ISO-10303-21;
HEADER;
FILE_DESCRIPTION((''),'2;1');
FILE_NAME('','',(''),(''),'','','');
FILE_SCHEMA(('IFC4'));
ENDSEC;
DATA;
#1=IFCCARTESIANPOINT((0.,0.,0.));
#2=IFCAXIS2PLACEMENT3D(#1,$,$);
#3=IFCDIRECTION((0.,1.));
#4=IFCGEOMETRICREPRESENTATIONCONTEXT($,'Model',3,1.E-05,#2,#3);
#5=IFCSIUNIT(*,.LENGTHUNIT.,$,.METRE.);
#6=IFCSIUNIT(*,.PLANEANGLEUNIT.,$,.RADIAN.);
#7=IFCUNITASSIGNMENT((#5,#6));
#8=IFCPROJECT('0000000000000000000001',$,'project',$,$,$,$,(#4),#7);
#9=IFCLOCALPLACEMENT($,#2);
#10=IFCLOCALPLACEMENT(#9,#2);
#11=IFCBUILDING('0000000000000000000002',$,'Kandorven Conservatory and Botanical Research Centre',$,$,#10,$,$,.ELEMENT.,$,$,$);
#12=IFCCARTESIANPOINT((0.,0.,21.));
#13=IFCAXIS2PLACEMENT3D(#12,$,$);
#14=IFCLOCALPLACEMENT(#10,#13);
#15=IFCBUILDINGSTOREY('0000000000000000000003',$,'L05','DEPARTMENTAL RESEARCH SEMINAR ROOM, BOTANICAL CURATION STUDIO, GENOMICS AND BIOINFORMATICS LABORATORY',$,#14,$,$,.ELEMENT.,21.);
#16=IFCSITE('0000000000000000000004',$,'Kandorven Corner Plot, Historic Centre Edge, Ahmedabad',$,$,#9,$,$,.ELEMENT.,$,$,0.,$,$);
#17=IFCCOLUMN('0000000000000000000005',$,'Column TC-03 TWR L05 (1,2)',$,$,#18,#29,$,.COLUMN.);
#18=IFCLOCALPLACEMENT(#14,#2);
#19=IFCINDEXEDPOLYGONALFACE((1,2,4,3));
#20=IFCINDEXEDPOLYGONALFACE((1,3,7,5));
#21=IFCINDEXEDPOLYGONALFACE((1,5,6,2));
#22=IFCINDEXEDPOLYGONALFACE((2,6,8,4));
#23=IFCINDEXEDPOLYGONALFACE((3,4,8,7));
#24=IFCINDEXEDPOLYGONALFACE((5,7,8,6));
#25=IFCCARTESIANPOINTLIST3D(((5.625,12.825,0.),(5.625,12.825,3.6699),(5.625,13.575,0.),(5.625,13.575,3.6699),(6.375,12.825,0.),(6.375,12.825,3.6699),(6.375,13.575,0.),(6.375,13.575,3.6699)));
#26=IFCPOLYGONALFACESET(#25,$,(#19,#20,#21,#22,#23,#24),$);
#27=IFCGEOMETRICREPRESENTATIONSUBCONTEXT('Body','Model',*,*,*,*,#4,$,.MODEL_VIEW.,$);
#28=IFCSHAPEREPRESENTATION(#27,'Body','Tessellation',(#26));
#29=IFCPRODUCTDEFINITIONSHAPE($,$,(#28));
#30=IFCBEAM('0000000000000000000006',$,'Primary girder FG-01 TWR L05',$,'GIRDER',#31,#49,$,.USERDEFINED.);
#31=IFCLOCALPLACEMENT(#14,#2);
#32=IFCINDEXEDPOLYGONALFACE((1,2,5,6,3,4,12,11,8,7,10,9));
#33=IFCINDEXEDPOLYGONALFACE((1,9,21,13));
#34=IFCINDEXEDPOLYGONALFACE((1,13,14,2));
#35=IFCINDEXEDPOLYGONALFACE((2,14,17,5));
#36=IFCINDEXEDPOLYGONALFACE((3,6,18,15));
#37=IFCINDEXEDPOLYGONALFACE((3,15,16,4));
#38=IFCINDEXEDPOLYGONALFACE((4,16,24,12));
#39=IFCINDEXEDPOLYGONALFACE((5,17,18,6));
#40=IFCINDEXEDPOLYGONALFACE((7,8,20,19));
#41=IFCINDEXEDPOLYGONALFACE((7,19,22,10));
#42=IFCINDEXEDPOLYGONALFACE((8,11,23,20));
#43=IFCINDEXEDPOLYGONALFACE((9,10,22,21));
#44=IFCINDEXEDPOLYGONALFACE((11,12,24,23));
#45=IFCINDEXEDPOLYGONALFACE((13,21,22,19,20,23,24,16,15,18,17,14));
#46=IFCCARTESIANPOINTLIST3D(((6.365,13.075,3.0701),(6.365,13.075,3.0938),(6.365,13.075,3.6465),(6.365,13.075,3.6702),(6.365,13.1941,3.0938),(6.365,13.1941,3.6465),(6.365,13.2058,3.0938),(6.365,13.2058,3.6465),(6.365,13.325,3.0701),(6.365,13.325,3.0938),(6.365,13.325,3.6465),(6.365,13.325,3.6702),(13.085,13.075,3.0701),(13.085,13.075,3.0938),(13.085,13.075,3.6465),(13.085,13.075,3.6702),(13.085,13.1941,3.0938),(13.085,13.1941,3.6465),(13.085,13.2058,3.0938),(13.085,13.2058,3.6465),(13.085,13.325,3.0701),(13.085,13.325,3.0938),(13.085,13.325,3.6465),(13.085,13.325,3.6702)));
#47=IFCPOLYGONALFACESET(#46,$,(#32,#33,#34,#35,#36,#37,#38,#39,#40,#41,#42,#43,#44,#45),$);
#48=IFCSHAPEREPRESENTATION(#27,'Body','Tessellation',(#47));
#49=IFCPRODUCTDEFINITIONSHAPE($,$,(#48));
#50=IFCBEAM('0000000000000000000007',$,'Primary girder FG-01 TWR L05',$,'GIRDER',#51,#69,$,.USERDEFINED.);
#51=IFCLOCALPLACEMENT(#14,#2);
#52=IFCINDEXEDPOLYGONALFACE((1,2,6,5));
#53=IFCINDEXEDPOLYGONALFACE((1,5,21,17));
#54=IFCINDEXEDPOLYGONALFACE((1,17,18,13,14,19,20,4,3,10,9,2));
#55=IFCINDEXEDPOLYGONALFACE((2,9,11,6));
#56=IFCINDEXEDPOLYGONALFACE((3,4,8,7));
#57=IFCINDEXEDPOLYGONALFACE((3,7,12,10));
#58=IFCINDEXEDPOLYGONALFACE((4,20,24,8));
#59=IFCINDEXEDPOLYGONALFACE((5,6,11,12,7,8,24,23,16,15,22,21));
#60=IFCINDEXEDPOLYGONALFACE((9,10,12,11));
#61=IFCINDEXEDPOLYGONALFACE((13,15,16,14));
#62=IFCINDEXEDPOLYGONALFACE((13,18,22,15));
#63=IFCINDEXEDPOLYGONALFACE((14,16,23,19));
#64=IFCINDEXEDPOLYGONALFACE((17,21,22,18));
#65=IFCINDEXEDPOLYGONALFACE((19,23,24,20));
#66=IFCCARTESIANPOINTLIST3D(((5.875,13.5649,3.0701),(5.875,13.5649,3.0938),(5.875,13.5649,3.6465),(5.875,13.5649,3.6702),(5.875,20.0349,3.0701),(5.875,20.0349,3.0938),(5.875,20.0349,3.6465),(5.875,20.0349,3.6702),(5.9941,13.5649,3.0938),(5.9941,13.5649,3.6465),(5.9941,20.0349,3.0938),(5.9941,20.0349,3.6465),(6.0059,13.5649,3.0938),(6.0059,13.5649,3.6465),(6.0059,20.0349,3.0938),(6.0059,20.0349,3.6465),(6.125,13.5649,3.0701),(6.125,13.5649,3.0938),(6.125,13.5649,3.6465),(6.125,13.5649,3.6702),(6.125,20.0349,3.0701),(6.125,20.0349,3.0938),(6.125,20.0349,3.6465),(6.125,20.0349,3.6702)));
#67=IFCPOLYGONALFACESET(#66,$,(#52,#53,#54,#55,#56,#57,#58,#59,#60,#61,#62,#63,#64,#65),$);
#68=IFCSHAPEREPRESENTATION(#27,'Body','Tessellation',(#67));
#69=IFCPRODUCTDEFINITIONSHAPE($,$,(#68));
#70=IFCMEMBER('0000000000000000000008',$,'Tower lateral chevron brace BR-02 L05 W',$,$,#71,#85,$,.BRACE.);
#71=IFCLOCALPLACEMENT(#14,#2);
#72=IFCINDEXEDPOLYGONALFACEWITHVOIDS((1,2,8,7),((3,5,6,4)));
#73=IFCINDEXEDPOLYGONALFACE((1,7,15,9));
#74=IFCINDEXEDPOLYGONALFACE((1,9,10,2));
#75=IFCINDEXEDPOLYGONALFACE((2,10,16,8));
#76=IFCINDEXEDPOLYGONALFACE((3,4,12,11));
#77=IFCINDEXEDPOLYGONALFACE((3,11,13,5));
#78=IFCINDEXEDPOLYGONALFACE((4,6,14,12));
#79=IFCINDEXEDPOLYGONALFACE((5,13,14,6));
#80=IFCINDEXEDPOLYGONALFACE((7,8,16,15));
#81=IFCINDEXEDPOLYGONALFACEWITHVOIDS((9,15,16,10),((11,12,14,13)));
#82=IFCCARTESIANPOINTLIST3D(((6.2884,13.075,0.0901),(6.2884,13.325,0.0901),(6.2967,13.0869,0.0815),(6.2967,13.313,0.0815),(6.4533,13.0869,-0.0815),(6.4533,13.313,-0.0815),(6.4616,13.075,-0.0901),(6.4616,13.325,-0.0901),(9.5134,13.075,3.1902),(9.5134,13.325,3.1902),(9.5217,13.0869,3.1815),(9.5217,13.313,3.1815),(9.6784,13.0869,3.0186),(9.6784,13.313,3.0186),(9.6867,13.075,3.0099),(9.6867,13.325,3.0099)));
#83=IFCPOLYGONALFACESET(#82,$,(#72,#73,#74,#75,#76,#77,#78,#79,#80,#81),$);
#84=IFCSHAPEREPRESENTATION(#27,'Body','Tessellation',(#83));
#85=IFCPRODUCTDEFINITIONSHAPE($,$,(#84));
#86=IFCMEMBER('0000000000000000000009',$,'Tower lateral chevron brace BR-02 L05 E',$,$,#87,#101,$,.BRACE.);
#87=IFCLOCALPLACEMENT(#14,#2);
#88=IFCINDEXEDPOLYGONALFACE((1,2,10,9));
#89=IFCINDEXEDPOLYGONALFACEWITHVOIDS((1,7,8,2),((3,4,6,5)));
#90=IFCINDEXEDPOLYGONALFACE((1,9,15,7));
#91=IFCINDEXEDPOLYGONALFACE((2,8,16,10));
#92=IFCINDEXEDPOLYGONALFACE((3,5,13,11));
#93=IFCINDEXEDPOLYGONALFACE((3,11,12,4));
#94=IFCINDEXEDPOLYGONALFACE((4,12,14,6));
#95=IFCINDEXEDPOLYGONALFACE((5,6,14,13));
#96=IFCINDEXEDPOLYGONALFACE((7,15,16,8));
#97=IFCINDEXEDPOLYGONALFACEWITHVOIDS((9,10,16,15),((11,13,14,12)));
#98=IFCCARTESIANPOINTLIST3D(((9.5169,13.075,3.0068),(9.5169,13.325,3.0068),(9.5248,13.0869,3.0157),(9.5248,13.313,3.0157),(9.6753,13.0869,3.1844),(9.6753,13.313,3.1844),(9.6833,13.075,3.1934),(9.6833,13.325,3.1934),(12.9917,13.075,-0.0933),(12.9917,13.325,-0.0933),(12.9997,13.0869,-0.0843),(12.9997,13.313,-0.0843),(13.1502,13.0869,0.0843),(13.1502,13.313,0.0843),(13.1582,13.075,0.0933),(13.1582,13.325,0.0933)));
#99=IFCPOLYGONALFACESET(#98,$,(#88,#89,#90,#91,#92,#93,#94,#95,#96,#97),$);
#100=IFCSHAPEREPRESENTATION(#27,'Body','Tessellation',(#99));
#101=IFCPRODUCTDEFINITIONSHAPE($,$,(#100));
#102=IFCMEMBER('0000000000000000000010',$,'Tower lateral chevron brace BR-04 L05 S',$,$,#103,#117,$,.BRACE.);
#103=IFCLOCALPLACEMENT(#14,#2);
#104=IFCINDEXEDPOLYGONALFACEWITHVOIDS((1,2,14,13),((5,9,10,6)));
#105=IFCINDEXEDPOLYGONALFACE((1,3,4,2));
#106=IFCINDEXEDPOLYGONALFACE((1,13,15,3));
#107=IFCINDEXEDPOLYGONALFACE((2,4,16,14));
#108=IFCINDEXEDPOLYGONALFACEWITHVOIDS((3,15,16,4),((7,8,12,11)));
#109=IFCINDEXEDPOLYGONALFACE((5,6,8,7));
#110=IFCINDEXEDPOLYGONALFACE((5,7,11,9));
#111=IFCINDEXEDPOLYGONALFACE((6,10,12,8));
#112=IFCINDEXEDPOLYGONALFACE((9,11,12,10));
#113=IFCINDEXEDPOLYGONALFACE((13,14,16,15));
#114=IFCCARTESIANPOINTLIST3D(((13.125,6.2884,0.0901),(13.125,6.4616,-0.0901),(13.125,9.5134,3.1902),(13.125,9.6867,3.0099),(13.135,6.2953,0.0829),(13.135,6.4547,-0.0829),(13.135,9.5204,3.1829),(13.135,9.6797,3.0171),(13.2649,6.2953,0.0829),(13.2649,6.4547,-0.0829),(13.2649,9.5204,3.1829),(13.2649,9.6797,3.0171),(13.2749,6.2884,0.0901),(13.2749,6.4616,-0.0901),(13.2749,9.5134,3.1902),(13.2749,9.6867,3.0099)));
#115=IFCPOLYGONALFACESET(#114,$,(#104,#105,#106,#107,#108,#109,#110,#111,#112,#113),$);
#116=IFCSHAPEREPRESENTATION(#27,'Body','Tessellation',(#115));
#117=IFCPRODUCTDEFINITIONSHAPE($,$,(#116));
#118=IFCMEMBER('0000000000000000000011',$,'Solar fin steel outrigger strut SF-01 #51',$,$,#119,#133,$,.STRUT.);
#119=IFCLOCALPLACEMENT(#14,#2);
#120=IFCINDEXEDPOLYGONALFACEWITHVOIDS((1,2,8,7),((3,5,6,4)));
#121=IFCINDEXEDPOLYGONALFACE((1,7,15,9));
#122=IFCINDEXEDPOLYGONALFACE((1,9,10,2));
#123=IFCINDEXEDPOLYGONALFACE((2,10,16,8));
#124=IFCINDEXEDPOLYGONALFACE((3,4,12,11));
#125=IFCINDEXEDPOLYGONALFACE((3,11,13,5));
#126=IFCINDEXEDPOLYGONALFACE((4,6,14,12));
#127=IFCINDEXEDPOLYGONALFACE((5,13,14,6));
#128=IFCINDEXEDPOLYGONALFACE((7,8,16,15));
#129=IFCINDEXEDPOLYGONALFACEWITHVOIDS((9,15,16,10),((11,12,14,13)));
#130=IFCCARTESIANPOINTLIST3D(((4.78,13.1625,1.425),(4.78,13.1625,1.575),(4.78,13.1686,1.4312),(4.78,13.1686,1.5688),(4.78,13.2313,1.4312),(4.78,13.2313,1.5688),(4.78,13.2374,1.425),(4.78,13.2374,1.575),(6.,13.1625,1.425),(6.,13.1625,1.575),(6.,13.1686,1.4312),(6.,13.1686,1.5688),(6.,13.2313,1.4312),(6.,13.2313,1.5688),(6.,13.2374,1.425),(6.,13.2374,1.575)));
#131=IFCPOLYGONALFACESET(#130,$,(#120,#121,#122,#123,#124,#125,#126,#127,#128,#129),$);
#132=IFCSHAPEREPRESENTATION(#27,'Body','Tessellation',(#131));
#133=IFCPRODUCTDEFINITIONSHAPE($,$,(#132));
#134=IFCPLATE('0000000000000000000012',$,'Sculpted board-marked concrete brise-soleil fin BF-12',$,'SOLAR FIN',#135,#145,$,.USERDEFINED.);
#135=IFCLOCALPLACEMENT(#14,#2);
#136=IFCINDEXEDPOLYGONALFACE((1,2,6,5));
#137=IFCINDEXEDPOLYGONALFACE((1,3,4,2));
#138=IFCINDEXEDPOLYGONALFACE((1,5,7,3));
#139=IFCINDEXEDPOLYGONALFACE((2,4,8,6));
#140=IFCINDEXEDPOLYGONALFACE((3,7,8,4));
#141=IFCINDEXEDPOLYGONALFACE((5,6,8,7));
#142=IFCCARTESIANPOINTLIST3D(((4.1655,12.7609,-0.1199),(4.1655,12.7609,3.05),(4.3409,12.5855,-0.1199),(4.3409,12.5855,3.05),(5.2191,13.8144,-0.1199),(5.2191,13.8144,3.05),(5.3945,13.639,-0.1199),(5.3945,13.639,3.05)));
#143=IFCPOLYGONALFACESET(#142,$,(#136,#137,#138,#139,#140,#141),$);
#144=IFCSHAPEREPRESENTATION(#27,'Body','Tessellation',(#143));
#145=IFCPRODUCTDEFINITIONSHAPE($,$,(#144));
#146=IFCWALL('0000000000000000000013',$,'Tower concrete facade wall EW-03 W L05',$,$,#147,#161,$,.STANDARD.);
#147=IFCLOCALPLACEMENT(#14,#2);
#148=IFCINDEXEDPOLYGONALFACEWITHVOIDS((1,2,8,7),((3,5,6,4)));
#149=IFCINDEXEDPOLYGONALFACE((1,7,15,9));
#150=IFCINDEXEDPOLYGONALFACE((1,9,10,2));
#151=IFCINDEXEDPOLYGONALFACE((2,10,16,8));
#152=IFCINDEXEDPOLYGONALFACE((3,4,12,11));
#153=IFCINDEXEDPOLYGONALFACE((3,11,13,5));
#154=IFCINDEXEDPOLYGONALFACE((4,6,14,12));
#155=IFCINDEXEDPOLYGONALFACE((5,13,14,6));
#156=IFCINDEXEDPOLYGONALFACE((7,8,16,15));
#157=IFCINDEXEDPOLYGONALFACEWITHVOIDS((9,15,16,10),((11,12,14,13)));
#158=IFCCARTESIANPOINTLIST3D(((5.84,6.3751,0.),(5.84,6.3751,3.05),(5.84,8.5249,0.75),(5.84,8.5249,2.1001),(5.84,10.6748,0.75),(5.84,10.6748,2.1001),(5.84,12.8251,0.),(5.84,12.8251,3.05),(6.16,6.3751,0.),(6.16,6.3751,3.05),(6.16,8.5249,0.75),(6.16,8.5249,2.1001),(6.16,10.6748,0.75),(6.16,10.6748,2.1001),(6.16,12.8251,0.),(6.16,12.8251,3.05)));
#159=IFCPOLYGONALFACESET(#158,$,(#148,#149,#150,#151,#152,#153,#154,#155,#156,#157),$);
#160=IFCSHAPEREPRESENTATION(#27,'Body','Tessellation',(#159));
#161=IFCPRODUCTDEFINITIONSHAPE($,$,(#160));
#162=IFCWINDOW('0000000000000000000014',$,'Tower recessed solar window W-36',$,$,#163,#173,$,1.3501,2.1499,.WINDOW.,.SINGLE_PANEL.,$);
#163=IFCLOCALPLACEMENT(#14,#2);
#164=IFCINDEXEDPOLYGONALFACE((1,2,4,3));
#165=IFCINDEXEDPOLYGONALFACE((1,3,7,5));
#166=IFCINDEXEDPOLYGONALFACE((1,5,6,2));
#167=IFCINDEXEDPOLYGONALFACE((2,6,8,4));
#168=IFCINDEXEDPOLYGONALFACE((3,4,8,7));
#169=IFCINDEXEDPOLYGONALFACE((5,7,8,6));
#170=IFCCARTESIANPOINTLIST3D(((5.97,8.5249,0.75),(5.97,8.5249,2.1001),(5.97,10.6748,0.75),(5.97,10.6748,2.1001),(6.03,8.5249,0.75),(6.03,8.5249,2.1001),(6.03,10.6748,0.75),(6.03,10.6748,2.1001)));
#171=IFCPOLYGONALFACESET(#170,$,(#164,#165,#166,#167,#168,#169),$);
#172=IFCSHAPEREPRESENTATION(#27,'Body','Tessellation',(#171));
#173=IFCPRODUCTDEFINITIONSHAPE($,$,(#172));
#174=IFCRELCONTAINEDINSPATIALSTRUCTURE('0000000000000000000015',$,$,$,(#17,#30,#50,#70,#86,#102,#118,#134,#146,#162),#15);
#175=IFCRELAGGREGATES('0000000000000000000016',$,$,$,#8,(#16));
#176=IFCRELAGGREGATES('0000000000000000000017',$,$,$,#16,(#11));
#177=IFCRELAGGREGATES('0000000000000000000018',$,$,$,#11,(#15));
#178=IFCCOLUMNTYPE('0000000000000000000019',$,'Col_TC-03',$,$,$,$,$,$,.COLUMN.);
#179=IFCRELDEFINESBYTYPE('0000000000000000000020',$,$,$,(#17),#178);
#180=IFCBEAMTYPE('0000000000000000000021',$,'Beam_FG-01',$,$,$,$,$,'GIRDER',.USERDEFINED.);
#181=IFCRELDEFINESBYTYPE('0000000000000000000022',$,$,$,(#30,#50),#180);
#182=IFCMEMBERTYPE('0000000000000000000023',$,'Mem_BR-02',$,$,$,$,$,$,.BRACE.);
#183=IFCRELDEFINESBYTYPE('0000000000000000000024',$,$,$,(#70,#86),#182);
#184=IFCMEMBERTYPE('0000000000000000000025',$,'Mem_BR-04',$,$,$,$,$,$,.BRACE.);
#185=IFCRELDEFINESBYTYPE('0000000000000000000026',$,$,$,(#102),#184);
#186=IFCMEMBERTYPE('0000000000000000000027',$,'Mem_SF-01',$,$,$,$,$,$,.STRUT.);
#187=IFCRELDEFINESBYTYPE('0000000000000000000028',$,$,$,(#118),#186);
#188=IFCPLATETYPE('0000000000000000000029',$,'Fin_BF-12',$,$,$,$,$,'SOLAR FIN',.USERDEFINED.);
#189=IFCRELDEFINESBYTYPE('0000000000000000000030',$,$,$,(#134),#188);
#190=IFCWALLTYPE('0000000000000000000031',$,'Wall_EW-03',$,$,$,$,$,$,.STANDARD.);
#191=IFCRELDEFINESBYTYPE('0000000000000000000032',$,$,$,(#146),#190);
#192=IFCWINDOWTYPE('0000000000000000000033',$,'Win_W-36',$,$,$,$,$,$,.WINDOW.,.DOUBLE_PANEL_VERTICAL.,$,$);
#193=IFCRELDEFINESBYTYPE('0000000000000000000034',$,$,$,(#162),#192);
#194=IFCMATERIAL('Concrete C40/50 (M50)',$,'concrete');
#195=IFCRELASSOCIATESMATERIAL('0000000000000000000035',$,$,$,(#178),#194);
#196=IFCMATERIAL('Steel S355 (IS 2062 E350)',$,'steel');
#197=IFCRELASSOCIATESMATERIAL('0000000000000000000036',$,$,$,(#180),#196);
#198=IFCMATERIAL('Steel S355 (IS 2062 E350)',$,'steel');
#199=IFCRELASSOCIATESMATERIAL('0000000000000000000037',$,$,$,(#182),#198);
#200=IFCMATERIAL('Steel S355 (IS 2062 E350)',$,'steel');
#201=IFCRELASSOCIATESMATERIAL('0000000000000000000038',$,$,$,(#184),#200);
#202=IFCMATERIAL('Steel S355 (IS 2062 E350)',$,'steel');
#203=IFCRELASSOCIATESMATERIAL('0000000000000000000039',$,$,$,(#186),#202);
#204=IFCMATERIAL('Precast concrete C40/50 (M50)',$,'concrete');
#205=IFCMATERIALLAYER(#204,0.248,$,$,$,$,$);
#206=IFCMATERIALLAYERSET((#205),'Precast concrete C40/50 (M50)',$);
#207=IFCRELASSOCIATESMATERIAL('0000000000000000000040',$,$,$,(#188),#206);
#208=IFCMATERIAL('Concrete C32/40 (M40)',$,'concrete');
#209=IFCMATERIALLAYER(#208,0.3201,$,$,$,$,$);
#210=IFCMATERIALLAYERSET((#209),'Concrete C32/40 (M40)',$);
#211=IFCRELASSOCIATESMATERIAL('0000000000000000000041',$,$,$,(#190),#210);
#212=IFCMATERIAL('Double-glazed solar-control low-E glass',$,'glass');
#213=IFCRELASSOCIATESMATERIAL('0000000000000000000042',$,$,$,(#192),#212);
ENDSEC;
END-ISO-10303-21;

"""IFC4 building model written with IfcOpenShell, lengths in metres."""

from ifc_helpers import new_model, si_unit, direction, frame, frame_2d, origin, origin_2d, place, context, subcontext, project, spatial, rectangle, hollow_rectangle, i_section, extrude, material, layer, layer_set, material_profile, profile_set, type_object, element, fill, save


model = new_model("IFC4")

# Units and contexts
model_context = context("Model", 3, precision=1e-05, world=origin(), true_north=direction((0.0, 1.0)))
body_context = subcontext(model_context, "Body", "Model", "MODEL_VIEW")
ifc_project = project(units=[si_unit("LENGTHUNIT", "METRE"), si_unit("PLANEANGLEUNIT", "RADIAN")], contexts=[model_context])

# Site, building, storey
site_placement = place(None, origin())
site = spatial("IfcSite", under=ifc_project, at=site_placement, Name="Kandorven Corner Plot, Historic Centre Edge, Ahmedabad", CompositionType="ELEMENT", RefElevation=0.0)
building_placement = place(site_placement, origin())
building = spatial("IfcBuilding", under=site, at=building_placement, Name="Kandorven Conservatory and Botanical Research Centre", CompositionType="ELEMENT")
storey_placement = place(building_placement, frame((0.0, 0.0, 21.0)))
storey = spatial("IfcBuildingStorey", under=building, at=storey_placement, Name="L05", Description="DEPARTMENTAL RESEARCH SEMINAR ROOM, BOTANICAL CURATION STUDIO, GENOMICS AND BIOINFORMATICS LABORATORY", CompositionType="ELEMENT", Elevation=21.0)

# Column
ifc_material_1 = material(Name="Concrete C40/50 (M50)", Category="concrete")
ifc_material_profile_1 = material_profile(ifc_material_1, rectangle(XDim=0.75, YDim=0.75, at=origin_2d()))
ifc_profile_set_1 = profile_set([ifc_material_profile_1], Name="Concrete C40/50 (M50)")
column_type = type_object("IfcColumnType", Name="Col_TC-03", PredefinedType="COLUMN", material=ifc_profile_set_1)
column_placement = place(storey_placement, frame((6.0, 13.2, 0.0), z_axis=(0.0, 0.0, 1.0), x_axis=(1.0, 0.0, 0.0)))
element("IfcColumn", 1, at=column_placement, inside=storey, type_object=column_type, Name="Column TC-03 TWR L05 (1,2)", PredefinedType="COLUMN", context=body_context, shape_type="SweptSolid", body=[
    extrude(rectangle(XDim=0.75, YDim=0.75, at=origin_2d()), origin(), (0.0, 0.0, 1.0), 3.6699),
])

# Beams
ifc_material_2 = material(Name="Steel S355 (IS 2062 E350)", Category="steel")
ifc_material_profile_2 = material_profile(ifc_material_2, i_section(OverallWidth=0.25, OverallDepth=0.6001, WebThickness=0.0117, FlangeThickness=0.0237, at=origin_2d()))
ifc_profile_set_2 = profile_set([ifc_material_profile_2], Name="Steel S355 (IS 2062 E350)")
beam_type = type_object("IfcBeamType", Name="Beam_FG-01", ElementType="GIRDER", PredefinedType="USERDEFINED", material=ifc_profile_set_2)
beam_1_placement = place(storey_placement, frame((6.365, 13.2, 3.3701), z_axis=(1.0, 0.0, 0.0), x_axis=(0.0, 1.0, 0.0)))
element("IfcBeam", 2, at=beam_1_placement, inside=storey, type_object=beam_type, Name="Primary girder FG-01 TWR L05", ObjectType="GIRDER", PredefinedType="USERDEFINED", context=body_context, shape_type="SweptSolid", body=[
    extrude(i_section(OverallWidth=0.25, OverallDepth=0.6001, WebThickness=0.0117, FlangeThickness=0.0237, at=origin_2d()), origin(), (0.0, 0.0, 1.0), 6.72),
])
beam_2_placement = place(storey_placement, frame((6.0, 13.5649, 3.3701), z_axis=(0.0, 1.0, 0.0), x_axis=(-1.0, 0.0, 0.0)))
element("IfcBeam", 3, at=beam_2_placement, inside=storey, type_object=beam_type, Name="Primary girder FG-01 TWR L05", ObjectType="GIRDER", PredefinedType="USERDEFINED", context=body_context, shape_type="SweptSolid", body=[
    extrude(i_section(OverallWidth=0.25, OverallDepth=0.6001, WebThickness=0.0117, FlangeThickness=0.0237, at=origin_2d()), origin(), (0.0, 0.0, 1.0), 6.47),
])

# Members
ifc_material_3 = material(Name="Steel S355 (IS 2062 E350)", Category="steel")
ifc_material_profile_3 = material_profile(ifc_material_3, hollow_rectangle(XDim=0.25, YDim=0.25, WallThickness=0.012, at=origin_2d()))
ifc_profile_set_3 = profile_set([ifc_material_profile_3], Name="Steel S355 (IS 2062 E350)")
member_type_1 = type_object("IfcMemberType", Name="Mem_BR-02", PredefinedType="BRACE", material=ifc_profile_set_3)
member_1_placement = place(storey_placement, frame((6.375, 13.2, 0.0), z_axis=(0.72094, 0.0, 0.692997), x_axis=(0.0, 1.0, 0.0)))
element("IfcMember", 4, at=member_1_placement, inside=storey, type_object=member_type_1, Name="Tower lateral chevron brace BR-02 L05 W", PredefinedType="BRACE", context=body_context, shape_type="SweptSolid", body=[
    extrude(hollow_rectangle(XDim=0.25, YDim=0.25, WallThickness=0.012, at=origin_2d()), origin(), (0.0, 0.0, 1.0), 4.4734),
])
member_2_placement = place(storey_placement, frame((13.075, 13.2, 0.0), z_axis=(-0.746199, 0.0, 0.665723), x_axis=(0.0, -1.0, 0.0)))
element("IfcMember", 5, at=member_2_placement, inside=storey, type_object=member_type_1, Name="Tower lateral chevron brace BR-02 L05 E", PredefinedType="BRACE", context=body_context, shape_type="SweptSolid", body=[
    extrude(hollow_rectangle(XDim=0.25, YDim=0.25, WallThickness=0.012, at=origin_2d()), origin(), (0.0, 0.0, 1.0), 4.6567),
])
ifc_material_4 = material(Name="Steel S355 (IS 2062 E350)", Category="steel")
ifc_material_profile_4 = material_profile(ifc_material_4, hollow_rectangle(XDim=0.1499, YDim=0.25, WallThickness=0.01, at=origin_2d()))
ifc_profile_set_4 = profile_set([ifc_material_profile_4], Name="Steel S355 (IS 2062 E350)")
member_type_2 = type_object("IfcMemberType", Name="Mem_BR-04", PredefinedType="BRACE", material=ifc_profile_set_4)
member_3_placement = place(storey_placement, frame((13.2, 6.375, 0.0), z_axis=(0.0, 0.72094, 0.692997), x_axis=(-1.0, 0.0, 0.0)))
element("IfcMember", 6, at=member_3_placement, inside=storey, type_object=member_type_2, Name="Tower lateral chevron brace BR-04 L05 S", PredefinedType="BRACE", context=body_context, shape_type="SweptSolid", body=[
    extrude(hollow_rectangle(XDim=0.1499, YDim=0.25, WallThickness=0.01, at=origin_2d()), origin(), (0.0, 0.0, 1.0), 4.4734),
])
ifc_material_5 = material(Name="Steel S355 (IS 2062 E350)", Category="steel")
ifc_material_profile_5 = material_profile(ifc_material_5, hollow_rectangle(XDim=0.075, YDim=0.1499, WallThickness=0.0061, at=origin_2d()))
ifc_profile_set_5 = profile_set([ifc_material_profile_5], Name="Steel S355 (IS 2062 E350)")
member_type_3 = type_object("IfcMemberType", Name="Mem_SF-01", PredefinedType="STRUT", material=ifc_profile_set_5)
member_4_placement = place(storey_placement, frame((6.0, 13.2, 1.5), z_axis=(-1.0, 0.0, 0.0), x_axis=(0.0, -1.0, 0.0)))
element("IfcMember", 7, at=member_4_placement, inside=storey, type_object=member_type_3, Name="Solar fin steel outrigger strut SF-01 #51", PredefinedType="STRUT", context=body_context, shape_type="SweptSolid", body=[
    extrude(hollow_rectangle(XDim=0.075, YDim=0.1499, WallThickness=0.0061, at=origin_2d()), origin(), (0.0, 0.0, 1.0), 1.22),
])

# Plate
ifc_material_6 = material(Name="Precast concrete C40/50 (M50)", Category="concrete")
ifc_layer_1 = layer(ifc_material_6, 0.248)
ifc_layer_set_1 = layer_set([ifc_layer_1], Name="Precast concrete C40/50 (M50)")
plate_type = type_object("IfcPlateType", Name="Fin_BF-12", ElementType="SOLAR FIN", PredefinedType="USERDEFINED", material=ifc_layer_set_1)
plate_placement = place(storey_placement, frame((4.78, 13.2, -0.1199), z_axis=(0.0, 0.0, 1.0), x_axis=(0.707107, 0.707107, 0.0)))
element("IfcPlate", 8, at=plate_placement, inside=storey, type_object=plate_type, Name="Sculpted board-marked concrete brise-soleil fin BF-12", ObjectType="SOLAR FIN", PredefinedType="USERDEFINED", context=body_context, shape_type="SweptSolid", body=[
    extrude(rectangle(XDim=1.49, YDim=0.248, at=origin_2d()), origin(), (0.0, 0.0, 1.0), 3.1699),
])

# Wall, opening, window
ifc_material_7 = material(Name="Concrete C32/40 (M40)", Category="concrete")
ifc_layer_2 = layer(ifc_material_7, 0.3201)
ifc_layer_set_2 = layer_set([ifc_layer_2], Name="Concrete C32/40 (M40)")
wall_type_1 = type_object("IfcWallType", Name="Wall_EW-03", PredefinedType="STANDARD", material=ifc_layer_set_2)
wall_1_placement = place(storey_placement, frame((6.0, 6.375, 0.0), z_axis=(0.0, 0.0, 1.0), x_axis=(0.0, 1.0, 0.0)))
wall_1 = element("IfcWall", 9, at=wall_1_placement, inside=storey, type_object=wall_type_1, Name="Tower concrete facade wall EW-03 W L05", PredefinedType="STANDARD", context=body_context, shape_type="SweptSolid", body=[
    extrude(rectangle(XDim=6.45, YDim=0.3201, at=frame_2d((3.2251, 0.0))), origin(), (0.0, 0.0, 1.0), 3.05),
])
opening_1_placement = place(wall_1_placement, frame((2.1499, 0.0, 0.75)))
opening_1 = element("IfcOpeningElement", 10, at=opening_1_placement, cuts=wall_1, PredefinedType="OPENING", context=body_context, shape_type="SweptSolid", body=[
    extrude(rectangle(XDim=2.1499, YDim=1.3501, at=frame_2d((1.075, 0.675))), frame((0.0, 0.1699, 0.0), z_axis=(0.0, -1.0, 0.0), x_axis=(1.0, 0.0, 0.0)), (0.0, 0.0, 1.0), 0.3401),
])
ifc_material_8 = material(Name="Double-glazed solar-control low-E glass", Category="glass")
window_type = type_object("IfcWindowType", Name="Win_W-36", PartitioningType="DOUBLE_PANEL_VERTICAL", PredefinedType="WINDOW", material=ifc_material_8)
window_placement = place(opening_1_placement, origin())
window = element("IfcWindow", 11, at=window_placement, inside=storey, type_object=window_type, Name="Tower recessed solar window W-36", OverallHeight=1.3501, OverallWidth=2.1499, PartitioningType="SINGLE_PANEL", PredefinedType="WINDOW", context=body_context, shape_type="SweptSolid", body=[
    extrude(rectangle(XDim=2.1499, YDim=1.3501, at=frame_2d((1.075, 0.675))), frame((0.0, 0.03, 0.0), z_axis=(0.0, -1.0, 0.0), x_axis=(1.0, 0.0, 0.0)), (0.0, 0.0, 1.0), 0.0601),
])
fill(opening_1, window)

save(model, "model.ifc")
